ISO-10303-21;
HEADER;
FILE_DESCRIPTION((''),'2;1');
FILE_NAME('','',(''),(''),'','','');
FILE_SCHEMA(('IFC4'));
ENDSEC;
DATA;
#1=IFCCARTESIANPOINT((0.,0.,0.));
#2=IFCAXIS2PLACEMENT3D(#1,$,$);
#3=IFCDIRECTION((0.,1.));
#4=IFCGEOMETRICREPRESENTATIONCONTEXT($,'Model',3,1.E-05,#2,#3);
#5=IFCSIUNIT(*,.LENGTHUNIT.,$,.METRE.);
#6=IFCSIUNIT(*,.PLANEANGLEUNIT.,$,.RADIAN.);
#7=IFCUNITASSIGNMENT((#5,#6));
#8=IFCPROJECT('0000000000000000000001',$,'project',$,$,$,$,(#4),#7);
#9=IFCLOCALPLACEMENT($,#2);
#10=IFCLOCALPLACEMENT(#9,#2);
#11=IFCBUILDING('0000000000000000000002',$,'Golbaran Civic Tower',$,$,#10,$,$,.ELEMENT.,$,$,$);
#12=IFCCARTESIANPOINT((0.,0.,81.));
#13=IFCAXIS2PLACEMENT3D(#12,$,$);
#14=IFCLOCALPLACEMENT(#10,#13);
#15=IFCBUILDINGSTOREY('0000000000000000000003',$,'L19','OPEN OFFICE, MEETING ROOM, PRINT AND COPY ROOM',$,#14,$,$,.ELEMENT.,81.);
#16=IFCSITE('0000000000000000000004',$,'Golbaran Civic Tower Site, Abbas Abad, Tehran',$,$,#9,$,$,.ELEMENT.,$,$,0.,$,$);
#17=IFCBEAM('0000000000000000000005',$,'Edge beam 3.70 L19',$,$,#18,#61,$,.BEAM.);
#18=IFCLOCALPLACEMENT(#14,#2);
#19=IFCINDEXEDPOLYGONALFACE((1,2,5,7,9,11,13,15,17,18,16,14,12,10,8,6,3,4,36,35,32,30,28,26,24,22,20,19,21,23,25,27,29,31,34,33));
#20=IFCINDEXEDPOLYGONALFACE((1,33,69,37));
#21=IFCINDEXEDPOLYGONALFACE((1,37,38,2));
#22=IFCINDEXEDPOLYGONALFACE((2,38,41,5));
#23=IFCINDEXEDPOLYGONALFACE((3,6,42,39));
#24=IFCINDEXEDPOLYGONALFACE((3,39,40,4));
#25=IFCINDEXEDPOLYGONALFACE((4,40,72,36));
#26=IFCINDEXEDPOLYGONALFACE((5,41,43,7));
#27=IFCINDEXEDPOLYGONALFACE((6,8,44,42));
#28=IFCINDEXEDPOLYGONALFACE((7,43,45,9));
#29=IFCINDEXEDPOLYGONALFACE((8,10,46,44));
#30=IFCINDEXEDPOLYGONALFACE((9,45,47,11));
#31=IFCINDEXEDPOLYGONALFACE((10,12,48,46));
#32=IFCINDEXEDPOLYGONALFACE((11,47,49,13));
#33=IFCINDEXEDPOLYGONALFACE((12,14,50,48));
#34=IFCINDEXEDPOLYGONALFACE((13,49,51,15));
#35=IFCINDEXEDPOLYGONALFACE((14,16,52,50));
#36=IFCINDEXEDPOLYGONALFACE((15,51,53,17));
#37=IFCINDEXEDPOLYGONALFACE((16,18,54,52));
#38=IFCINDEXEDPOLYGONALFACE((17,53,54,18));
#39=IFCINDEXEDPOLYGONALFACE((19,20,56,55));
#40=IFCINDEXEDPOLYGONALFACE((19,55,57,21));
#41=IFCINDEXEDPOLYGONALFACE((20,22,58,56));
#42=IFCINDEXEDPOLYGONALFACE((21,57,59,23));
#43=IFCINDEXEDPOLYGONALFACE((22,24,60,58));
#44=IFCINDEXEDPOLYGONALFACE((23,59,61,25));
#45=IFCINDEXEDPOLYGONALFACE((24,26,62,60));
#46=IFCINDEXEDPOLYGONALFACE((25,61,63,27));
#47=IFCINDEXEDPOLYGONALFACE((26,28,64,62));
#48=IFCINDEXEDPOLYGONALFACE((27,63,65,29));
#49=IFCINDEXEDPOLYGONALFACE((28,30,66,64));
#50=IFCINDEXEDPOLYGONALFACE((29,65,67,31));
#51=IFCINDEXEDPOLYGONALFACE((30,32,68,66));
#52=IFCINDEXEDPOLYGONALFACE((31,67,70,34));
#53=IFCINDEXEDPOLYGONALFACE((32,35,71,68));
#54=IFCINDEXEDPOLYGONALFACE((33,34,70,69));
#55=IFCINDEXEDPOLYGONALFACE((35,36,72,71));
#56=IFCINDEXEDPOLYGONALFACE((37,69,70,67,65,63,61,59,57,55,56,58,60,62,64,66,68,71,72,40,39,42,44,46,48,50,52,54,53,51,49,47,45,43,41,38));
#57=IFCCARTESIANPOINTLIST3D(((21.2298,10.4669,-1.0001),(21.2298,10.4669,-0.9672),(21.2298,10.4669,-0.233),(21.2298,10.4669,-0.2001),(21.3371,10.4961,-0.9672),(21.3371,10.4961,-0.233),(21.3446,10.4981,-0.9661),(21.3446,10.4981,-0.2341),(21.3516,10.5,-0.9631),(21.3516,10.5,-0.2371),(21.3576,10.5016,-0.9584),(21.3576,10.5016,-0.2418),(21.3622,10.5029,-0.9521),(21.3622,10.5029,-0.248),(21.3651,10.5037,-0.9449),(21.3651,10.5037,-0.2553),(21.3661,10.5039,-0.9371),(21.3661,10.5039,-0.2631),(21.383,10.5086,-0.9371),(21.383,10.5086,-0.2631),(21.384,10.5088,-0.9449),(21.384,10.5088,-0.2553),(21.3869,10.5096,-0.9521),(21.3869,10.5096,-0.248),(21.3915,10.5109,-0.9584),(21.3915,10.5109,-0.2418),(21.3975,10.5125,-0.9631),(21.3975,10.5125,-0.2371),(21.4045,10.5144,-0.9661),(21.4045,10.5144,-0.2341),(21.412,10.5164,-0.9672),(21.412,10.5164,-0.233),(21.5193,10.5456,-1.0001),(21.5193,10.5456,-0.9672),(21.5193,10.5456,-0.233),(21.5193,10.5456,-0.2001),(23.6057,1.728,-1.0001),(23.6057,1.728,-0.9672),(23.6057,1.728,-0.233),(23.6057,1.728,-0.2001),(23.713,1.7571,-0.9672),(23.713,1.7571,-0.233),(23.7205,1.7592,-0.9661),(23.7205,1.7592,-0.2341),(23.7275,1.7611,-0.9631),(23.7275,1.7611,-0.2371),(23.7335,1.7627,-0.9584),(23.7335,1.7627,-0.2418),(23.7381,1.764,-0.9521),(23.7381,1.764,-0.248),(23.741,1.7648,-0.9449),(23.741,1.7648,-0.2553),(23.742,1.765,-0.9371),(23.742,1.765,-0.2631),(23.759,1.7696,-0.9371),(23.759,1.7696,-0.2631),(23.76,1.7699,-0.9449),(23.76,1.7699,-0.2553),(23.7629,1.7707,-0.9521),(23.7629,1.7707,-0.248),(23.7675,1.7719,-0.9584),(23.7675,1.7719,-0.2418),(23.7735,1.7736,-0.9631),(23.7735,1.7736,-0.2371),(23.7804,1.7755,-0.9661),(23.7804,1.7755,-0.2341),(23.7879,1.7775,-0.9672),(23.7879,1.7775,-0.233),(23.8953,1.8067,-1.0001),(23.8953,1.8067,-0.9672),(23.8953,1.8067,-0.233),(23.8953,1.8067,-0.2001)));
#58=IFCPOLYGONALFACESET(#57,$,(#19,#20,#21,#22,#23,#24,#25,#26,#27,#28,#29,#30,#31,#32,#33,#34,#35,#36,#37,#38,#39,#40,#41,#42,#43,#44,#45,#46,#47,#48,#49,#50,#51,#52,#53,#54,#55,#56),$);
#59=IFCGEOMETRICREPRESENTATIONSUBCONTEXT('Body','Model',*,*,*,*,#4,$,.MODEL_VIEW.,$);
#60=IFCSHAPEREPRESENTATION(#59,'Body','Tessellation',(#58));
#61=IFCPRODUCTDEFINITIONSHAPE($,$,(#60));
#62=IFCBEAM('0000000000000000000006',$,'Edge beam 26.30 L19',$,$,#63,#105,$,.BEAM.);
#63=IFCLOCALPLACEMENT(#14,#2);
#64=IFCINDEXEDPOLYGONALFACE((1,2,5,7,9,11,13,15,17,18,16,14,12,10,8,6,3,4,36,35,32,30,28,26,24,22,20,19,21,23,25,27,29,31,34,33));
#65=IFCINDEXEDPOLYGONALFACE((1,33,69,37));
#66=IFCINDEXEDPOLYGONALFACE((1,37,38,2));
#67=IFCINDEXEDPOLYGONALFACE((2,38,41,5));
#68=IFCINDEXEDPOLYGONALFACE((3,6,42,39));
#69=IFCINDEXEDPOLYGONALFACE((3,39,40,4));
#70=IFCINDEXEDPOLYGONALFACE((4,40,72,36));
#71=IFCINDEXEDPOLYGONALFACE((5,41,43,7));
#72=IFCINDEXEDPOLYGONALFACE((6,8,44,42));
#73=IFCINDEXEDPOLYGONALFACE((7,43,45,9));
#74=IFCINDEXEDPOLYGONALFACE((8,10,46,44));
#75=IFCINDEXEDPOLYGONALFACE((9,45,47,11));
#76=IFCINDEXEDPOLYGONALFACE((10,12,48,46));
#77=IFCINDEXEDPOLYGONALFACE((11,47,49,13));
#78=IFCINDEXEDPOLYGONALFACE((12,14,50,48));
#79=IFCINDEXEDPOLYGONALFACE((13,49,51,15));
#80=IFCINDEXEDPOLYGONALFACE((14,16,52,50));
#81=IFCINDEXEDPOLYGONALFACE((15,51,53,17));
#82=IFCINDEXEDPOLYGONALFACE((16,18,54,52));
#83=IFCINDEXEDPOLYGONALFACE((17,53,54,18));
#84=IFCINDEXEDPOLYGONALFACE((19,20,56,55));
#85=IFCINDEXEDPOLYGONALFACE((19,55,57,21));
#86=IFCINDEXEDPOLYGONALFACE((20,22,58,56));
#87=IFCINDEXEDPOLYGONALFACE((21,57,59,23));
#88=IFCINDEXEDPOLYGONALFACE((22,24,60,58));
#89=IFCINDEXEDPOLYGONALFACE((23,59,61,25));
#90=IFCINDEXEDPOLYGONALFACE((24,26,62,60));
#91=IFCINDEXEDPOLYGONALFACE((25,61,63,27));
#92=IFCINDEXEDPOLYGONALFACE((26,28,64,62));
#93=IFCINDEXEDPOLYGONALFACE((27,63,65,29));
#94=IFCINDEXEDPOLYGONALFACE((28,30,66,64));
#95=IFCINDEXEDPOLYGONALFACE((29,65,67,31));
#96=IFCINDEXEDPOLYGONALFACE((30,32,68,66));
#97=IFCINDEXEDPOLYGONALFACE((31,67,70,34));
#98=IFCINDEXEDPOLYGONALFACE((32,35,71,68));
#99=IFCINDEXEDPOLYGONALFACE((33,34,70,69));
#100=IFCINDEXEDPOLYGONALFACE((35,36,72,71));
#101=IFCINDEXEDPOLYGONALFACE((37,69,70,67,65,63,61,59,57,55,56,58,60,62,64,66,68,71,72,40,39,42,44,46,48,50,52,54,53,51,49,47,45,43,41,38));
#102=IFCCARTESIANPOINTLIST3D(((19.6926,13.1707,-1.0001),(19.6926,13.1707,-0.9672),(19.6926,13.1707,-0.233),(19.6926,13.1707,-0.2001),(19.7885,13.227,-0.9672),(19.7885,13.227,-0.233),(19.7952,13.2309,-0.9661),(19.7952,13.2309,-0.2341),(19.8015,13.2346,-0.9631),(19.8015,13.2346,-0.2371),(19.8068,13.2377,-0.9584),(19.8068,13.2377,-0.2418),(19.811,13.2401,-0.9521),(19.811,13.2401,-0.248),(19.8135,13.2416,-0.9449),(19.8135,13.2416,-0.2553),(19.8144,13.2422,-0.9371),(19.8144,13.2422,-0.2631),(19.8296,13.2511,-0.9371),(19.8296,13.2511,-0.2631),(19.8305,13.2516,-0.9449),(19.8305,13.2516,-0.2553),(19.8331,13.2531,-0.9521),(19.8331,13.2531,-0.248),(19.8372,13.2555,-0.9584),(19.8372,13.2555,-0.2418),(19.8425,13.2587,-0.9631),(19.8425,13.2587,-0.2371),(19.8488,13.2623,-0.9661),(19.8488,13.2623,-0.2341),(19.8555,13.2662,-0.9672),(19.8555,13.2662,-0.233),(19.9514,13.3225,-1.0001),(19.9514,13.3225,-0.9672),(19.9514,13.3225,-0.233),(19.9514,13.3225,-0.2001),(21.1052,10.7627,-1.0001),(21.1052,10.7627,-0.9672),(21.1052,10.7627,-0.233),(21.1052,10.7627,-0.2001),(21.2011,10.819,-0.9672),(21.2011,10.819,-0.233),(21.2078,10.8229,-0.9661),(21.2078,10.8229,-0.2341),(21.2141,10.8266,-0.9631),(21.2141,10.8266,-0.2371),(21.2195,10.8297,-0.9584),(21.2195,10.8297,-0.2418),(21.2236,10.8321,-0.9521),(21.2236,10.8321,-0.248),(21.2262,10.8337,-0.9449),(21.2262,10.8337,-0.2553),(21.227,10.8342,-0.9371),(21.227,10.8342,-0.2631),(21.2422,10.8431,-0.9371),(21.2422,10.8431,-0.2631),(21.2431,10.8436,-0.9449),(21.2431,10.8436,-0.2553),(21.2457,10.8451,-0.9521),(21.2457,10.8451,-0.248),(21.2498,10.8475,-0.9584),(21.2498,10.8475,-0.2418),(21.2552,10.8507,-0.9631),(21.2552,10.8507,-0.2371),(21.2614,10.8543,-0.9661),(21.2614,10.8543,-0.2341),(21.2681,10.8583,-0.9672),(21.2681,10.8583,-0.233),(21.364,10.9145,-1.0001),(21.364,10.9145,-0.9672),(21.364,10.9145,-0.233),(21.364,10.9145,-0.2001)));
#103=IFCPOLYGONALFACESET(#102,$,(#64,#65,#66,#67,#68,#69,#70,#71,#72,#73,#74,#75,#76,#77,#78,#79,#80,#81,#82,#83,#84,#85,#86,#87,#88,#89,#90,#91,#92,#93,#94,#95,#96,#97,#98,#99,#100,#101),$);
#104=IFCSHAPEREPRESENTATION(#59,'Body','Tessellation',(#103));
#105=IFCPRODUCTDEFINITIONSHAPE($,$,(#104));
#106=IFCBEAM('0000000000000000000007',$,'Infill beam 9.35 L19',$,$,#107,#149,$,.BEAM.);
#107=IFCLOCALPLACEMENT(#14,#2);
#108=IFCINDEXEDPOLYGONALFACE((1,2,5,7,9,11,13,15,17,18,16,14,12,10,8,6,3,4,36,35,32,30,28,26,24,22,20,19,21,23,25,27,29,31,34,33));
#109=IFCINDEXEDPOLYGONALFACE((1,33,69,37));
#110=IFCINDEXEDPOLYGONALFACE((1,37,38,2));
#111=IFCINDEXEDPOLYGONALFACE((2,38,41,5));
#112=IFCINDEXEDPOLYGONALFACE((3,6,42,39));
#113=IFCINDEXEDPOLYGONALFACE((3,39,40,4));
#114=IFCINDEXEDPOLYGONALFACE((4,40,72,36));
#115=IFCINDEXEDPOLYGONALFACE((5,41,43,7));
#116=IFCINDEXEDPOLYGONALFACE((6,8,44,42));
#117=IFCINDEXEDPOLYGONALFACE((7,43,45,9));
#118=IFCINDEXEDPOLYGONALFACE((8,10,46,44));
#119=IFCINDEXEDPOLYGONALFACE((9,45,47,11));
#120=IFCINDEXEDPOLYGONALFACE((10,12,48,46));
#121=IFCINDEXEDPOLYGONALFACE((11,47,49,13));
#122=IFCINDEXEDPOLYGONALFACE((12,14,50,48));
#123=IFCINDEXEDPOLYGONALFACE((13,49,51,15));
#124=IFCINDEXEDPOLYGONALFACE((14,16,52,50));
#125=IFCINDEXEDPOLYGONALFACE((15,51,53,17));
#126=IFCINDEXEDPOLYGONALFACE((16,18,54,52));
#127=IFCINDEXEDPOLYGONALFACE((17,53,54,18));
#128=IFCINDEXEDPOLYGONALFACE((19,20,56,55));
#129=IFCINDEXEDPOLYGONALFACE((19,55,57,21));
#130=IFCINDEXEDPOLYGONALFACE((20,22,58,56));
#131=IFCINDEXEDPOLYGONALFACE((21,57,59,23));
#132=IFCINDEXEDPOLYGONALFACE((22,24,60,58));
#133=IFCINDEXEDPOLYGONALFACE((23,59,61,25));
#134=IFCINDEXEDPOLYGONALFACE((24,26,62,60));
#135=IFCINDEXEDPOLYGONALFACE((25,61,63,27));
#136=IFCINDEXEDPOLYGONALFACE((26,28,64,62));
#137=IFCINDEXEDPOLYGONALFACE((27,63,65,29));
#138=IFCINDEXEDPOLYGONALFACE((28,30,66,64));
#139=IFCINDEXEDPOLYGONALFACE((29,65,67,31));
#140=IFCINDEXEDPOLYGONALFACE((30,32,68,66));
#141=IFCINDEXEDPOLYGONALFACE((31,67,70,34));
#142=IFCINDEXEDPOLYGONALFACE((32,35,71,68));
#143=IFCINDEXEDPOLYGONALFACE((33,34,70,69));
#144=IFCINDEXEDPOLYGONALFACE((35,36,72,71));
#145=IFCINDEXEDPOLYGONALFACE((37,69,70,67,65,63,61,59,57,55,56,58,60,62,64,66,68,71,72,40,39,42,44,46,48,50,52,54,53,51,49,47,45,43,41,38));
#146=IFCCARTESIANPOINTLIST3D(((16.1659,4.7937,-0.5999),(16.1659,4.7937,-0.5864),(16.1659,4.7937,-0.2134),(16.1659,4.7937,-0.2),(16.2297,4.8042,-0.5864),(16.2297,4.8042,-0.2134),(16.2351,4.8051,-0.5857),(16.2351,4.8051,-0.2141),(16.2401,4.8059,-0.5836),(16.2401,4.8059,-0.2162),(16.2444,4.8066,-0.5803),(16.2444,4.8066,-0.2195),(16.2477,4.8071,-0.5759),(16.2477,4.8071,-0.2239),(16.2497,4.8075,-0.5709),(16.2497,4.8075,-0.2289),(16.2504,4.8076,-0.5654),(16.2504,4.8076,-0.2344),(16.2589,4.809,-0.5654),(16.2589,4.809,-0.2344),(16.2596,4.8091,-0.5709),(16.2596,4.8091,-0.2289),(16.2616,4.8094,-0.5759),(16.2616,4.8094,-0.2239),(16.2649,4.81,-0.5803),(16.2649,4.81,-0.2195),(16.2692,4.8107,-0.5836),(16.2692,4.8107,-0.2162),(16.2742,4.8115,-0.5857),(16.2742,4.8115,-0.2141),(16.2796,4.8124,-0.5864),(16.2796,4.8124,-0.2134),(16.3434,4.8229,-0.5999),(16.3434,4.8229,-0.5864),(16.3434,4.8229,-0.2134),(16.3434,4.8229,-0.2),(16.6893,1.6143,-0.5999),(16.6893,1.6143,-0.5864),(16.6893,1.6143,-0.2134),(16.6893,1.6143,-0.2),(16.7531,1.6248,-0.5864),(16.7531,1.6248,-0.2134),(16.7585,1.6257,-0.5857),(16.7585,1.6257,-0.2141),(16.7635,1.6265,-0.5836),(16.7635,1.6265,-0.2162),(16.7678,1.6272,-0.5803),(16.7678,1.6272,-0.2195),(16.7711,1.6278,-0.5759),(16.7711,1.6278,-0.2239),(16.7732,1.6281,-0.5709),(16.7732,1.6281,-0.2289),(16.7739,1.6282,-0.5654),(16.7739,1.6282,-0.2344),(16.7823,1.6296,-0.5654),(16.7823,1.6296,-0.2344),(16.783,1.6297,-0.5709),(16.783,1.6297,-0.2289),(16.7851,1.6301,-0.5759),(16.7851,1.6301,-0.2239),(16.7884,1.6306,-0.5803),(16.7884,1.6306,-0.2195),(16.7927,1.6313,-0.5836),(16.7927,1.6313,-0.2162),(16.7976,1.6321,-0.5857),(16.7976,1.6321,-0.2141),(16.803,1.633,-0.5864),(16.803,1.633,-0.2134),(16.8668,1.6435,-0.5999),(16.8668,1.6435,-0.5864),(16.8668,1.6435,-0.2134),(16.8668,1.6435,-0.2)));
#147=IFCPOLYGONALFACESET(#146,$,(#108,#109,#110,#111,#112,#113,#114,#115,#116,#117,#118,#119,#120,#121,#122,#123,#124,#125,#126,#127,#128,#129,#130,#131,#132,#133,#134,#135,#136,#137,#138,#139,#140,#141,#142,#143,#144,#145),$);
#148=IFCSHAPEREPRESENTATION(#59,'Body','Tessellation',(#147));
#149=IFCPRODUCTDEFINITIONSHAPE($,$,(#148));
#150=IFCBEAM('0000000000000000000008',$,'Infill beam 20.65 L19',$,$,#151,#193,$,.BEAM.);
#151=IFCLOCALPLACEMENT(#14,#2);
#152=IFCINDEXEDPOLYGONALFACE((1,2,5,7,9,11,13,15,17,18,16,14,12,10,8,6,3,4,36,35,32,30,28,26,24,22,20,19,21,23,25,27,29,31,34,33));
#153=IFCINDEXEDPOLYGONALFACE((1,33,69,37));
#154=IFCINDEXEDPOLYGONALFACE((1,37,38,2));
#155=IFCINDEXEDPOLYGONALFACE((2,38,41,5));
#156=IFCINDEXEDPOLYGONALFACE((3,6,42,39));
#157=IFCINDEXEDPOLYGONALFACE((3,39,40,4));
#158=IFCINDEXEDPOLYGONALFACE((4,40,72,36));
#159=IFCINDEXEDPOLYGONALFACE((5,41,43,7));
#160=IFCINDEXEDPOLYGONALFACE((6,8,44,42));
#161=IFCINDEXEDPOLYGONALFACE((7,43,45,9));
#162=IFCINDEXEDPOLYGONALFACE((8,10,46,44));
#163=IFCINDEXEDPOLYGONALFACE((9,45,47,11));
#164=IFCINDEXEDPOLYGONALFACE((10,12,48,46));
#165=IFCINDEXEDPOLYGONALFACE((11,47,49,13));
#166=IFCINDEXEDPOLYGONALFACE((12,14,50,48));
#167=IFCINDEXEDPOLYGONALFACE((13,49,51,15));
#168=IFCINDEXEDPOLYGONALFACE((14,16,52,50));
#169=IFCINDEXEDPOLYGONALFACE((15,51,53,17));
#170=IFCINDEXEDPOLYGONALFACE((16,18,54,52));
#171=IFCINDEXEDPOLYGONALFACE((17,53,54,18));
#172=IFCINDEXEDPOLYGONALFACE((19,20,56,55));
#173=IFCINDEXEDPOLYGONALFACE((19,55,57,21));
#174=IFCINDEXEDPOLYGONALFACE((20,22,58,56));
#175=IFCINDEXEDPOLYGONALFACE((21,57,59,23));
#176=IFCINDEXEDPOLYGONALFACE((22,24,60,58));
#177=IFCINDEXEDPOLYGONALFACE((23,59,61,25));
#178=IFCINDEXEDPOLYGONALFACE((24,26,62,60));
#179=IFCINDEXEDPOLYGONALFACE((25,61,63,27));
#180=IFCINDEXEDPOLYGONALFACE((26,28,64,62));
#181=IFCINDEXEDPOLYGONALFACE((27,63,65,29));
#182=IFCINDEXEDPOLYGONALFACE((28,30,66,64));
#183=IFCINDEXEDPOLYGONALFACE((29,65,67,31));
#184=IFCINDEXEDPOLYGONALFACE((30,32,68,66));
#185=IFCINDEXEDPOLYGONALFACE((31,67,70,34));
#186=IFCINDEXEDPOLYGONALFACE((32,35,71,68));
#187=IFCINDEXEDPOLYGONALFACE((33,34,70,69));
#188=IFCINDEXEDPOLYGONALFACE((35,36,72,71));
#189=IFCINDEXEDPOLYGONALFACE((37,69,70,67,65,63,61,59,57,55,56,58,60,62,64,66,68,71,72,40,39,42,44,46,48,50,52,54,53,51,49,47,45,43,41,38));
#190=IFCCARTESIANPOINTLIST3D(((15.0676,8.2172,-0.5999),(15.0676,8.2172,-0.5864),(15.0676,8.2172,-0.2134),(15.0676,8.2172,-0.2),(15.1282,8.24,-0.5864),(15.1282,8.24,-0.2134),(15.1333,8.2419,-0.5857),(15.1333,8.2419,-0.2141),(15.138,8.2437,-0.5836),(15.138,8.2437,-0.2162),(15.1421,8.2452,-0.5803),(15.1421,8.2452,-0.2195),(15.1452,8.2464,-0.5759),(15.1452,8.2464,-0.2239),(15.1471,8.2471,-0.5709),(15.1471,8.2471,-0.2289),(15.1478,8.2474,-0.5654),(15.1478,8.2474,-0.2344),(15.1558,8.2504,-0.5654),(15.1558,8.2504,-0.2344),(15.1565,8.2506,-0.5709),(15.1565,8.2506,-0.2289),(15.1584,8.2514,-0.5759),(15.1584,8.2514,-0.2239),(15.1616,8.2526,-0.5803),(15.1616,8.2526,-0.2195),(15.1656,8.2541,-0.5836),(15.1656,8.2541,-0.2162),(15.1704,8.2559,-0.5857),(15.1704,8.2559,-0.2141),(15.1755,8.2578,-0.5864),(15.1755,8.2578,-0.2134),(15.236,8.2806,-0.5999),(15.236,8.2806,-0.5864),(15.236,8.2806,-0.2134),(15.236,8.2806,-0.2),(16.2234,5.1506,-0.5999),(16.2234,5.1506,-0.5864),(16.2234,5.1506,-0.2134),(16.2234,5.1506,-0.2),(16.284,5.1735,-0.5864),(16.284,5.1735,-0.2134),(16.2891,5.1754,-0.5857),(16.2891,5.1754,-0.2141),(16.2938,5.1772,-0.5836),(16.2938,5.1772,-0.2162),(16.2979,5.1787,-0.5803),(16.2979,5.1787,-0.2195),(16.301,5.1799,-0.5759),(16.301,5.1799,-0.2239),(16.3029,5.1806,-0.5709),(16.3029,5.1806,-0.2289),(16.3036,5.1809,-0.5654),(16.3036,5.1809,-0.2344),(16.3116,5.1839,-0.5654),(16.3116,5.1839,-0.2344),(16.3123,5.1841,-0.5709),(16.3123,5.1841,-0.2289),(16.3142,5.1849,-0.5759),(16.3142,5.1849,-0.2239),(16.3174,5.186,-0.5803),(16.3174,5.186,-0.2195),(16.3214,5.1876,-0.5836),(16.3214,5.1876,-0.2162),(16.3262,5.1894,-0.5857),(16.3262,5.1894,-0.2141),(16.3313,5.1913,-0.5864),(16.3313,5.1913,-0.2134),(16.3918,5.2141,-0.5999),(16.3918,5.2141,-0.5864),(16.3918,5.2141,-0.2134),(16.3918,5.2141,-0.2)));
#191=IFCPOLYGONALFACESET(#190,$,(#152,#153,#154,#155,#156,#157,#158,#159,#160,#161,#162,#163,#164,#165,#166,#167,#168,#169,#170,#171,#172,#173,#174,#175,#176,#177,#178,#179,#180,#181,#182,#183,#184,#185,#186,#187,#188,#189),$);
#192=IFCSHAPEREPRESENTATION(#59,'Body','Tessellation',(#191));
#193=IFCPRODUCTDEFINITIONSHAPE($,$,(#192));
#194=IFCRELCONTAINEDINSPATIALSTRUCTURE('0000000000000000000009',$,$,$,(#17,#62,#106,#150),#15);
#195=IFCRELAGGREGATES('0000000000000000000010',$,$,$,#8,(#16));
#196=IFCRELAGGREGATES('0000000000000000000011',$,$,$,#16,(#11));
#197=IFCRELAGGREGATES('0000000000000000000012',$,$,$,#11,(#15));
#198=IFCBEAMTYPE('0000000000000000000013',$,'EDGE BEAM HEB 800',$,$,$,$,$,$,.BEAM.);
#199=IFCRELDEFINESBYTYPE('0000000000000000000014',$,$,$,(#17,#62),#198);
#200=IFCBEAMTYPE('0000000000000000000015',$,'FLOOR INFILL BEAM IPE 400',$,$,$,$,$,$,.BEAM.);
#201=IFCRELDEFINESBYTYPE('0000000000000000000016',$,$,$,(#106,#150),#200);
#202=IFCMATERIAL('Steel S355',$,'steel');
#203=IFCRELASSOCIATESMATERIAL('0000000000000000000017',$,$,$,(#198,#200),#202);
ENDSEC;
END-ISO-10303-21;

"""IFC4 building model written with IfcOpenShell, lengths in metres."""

from ifc_helpers import new_model, si_unit, direction, frame, origin, origin_2d, place, context, subcontext, project, spatial, i_section, extrude, material, material_profile, profile_set, type_object, element, save


model = new_model("IFC4")

# Units and contexts
model_context = context("Model", 3, precision=1e-05, world=origin(), true_north=direction((0.0, 1.0)))
body_context = subcontext(model_context, "Body", "Model", "MODEL_VIEW")
ifc_project = project(units=[si_unit("LENGTHUNIT", "METRE"), si_unit("PLANEANGLEUNIT", "RADIAN")], contexts=[model_context])

# Site, building, storey
site_placement = place(None, origin())
site = spatial("IfcSite", under=ifc_project, at=site_placement, Name="Golbaran Civic Tower Site, Abbas Abad, Tehran", CompositionType="ELEMENT", RefElevation=0.0)
building_placement = place(site_placement, origin())
building = spatial("IfcBuilding", under=site, at=building_placement, Name="Golbaran Civic Tower", CompositionType="ELEMENT")
storey_placement = place(building_placement, frame((0.0, 0.0, 81.0)))
storey = spatial("IfcBuildingStorey", under=building, at=storey_placement, Name="L19", Description="OPEN OFFICE, MEETING ROOM, PRINT AND COPY ROOM", CompositionType="ELEMENT", Elevation=81.0)

# Beams
ifc_material_1 = material(Name="Steel S355", Category="steel")
ifc_material_profile_1 = material_profile(ifc_material_1, i_section(OverallWidth=0.3, OverallDepth=0.8, WebThickness=0.0176, FlangeThickness=0.033, FilletRadius=0.03, at=origin_2d()), Name="HEB 800")
ifc_profile_set_1 = profile_set([ifc_material_profile_1], Name="Steel S355")
beam_type_1 = type_object("IfcBeamType", Name="EDGE BEAM HEB 800", PredefinedType="BEAM", material=ifc_profile_set_1)
beam_1_placement = place(storey_placement, frame((23.7505, 1.7673, -0.6001), z_axis=(-0.262358, 0.964971, 0.0), x_axis=(-0.964971, -0.262358, 0.0)))
element("IfcBeam", 1, at=beam_1_placement, inside=storey, type_object=beam_type_1, Name="Edge beam 3.70 L19", PredefinedType="BEAM", context=body_context, shape_type="SweptSolid", body=[
    extrude(i_section(OverallWidth=0.3, OverallDepth=0.8, WebThickness=0.0176, FlangeThickness=0.033, FilletRadius=0.03, at=origin_2d()), origin(), (0.0, 0.0, 1.0), 9.0562),
])
beam_2_placement = place(storey_placement, frame((21.2346, 10.8386, -0.6001), z_axis=(-0.505996, 0.862536, 0.0), x_axis=(-0.862536, -0.505996, 0.0)))
element("IfcBeam", 2, at=beam_2_placement, inside=storey, type_object=beam_type_1, Name="Edge beam 26.30 L19", PredefinedType="BEAM", context=body_context, shape_type="SweptSolid", body=[
    extrude(i_section(OverallWidth=0.3, OverallDepth=0.8, WebThickness=0.0176, FlangeThickness=0.033, FilletRadius=0.03, at=origin_2d()), origin(), (0.0, 0.0, 1.0), 2.7917),
])
ifc_material_profile_2 = material_profile(ifc_material_1, i_section(OverallWidth=0.1799, OverallDepth=0.3999, WebThickness=0.0085, FlangeThickness=0.0134, FilletRadius=0.021, at=origin_2d()), Name="IPE 400")
ifc_profile_set_2 = profile_set([ifc_material_profile_2], Name="Steel S355")
beam_type_2 = type_object("IfcBeamType", Name="FLOOR INFILL BEAM IPE 400", PredefinedType="BEAM", material=ifc_profile_set_2)
beam_3_placement = place(storey_placement, frame((16.7781, 1.6289, -0.3999), z_axis=(-0.162445, 0.986718, 0.0), x_axis=(-0.986718, -0.162445, 0.0)))
element("IfcBeam", 3, at=beam_3_placement, inside=storey, type_object=beam_type_2, Name="Infill beam 9.35 L19", PredefinedType="BEAM", context=body_context, shape_type="SweptSolid", body=[
    extrude(i_section(OverallWidth=0.1799, OverallDepth=0.3999, WebThickness=0.0085, FlangeThickness=0.0134, FilletRadius=0.021, at=origin_2d()), origin(), (0.0, 0.0, 1.0), 3.2222),
])
beam_4_placement = place(storey_placement, frame((16.3076, 5.1824, -0.3999), z_axis=(-0.352691, 0.93574, 0.0), x_axis=(-0.93574, -0.352691, 0.0)))
element("IfcBeam", 4, at=beam_4_placement, inside=storey, type_object=beam_type_2, Name="Infill beam 20.65 L19", PredefinedType="BEAM", context=body_context, shape_type="SweptSolid", body=[
    extrude(i_section(OverallWidth=0.1799, OverallDepth=0.3999, WebThickness=0.0085, FlangeThickness=0.0134, FilletRadius=0.021, at=origin_2d()), origin(), (0.0, 0.0, 1.0), 3.2771),
])

save(model, "model.ifc")
